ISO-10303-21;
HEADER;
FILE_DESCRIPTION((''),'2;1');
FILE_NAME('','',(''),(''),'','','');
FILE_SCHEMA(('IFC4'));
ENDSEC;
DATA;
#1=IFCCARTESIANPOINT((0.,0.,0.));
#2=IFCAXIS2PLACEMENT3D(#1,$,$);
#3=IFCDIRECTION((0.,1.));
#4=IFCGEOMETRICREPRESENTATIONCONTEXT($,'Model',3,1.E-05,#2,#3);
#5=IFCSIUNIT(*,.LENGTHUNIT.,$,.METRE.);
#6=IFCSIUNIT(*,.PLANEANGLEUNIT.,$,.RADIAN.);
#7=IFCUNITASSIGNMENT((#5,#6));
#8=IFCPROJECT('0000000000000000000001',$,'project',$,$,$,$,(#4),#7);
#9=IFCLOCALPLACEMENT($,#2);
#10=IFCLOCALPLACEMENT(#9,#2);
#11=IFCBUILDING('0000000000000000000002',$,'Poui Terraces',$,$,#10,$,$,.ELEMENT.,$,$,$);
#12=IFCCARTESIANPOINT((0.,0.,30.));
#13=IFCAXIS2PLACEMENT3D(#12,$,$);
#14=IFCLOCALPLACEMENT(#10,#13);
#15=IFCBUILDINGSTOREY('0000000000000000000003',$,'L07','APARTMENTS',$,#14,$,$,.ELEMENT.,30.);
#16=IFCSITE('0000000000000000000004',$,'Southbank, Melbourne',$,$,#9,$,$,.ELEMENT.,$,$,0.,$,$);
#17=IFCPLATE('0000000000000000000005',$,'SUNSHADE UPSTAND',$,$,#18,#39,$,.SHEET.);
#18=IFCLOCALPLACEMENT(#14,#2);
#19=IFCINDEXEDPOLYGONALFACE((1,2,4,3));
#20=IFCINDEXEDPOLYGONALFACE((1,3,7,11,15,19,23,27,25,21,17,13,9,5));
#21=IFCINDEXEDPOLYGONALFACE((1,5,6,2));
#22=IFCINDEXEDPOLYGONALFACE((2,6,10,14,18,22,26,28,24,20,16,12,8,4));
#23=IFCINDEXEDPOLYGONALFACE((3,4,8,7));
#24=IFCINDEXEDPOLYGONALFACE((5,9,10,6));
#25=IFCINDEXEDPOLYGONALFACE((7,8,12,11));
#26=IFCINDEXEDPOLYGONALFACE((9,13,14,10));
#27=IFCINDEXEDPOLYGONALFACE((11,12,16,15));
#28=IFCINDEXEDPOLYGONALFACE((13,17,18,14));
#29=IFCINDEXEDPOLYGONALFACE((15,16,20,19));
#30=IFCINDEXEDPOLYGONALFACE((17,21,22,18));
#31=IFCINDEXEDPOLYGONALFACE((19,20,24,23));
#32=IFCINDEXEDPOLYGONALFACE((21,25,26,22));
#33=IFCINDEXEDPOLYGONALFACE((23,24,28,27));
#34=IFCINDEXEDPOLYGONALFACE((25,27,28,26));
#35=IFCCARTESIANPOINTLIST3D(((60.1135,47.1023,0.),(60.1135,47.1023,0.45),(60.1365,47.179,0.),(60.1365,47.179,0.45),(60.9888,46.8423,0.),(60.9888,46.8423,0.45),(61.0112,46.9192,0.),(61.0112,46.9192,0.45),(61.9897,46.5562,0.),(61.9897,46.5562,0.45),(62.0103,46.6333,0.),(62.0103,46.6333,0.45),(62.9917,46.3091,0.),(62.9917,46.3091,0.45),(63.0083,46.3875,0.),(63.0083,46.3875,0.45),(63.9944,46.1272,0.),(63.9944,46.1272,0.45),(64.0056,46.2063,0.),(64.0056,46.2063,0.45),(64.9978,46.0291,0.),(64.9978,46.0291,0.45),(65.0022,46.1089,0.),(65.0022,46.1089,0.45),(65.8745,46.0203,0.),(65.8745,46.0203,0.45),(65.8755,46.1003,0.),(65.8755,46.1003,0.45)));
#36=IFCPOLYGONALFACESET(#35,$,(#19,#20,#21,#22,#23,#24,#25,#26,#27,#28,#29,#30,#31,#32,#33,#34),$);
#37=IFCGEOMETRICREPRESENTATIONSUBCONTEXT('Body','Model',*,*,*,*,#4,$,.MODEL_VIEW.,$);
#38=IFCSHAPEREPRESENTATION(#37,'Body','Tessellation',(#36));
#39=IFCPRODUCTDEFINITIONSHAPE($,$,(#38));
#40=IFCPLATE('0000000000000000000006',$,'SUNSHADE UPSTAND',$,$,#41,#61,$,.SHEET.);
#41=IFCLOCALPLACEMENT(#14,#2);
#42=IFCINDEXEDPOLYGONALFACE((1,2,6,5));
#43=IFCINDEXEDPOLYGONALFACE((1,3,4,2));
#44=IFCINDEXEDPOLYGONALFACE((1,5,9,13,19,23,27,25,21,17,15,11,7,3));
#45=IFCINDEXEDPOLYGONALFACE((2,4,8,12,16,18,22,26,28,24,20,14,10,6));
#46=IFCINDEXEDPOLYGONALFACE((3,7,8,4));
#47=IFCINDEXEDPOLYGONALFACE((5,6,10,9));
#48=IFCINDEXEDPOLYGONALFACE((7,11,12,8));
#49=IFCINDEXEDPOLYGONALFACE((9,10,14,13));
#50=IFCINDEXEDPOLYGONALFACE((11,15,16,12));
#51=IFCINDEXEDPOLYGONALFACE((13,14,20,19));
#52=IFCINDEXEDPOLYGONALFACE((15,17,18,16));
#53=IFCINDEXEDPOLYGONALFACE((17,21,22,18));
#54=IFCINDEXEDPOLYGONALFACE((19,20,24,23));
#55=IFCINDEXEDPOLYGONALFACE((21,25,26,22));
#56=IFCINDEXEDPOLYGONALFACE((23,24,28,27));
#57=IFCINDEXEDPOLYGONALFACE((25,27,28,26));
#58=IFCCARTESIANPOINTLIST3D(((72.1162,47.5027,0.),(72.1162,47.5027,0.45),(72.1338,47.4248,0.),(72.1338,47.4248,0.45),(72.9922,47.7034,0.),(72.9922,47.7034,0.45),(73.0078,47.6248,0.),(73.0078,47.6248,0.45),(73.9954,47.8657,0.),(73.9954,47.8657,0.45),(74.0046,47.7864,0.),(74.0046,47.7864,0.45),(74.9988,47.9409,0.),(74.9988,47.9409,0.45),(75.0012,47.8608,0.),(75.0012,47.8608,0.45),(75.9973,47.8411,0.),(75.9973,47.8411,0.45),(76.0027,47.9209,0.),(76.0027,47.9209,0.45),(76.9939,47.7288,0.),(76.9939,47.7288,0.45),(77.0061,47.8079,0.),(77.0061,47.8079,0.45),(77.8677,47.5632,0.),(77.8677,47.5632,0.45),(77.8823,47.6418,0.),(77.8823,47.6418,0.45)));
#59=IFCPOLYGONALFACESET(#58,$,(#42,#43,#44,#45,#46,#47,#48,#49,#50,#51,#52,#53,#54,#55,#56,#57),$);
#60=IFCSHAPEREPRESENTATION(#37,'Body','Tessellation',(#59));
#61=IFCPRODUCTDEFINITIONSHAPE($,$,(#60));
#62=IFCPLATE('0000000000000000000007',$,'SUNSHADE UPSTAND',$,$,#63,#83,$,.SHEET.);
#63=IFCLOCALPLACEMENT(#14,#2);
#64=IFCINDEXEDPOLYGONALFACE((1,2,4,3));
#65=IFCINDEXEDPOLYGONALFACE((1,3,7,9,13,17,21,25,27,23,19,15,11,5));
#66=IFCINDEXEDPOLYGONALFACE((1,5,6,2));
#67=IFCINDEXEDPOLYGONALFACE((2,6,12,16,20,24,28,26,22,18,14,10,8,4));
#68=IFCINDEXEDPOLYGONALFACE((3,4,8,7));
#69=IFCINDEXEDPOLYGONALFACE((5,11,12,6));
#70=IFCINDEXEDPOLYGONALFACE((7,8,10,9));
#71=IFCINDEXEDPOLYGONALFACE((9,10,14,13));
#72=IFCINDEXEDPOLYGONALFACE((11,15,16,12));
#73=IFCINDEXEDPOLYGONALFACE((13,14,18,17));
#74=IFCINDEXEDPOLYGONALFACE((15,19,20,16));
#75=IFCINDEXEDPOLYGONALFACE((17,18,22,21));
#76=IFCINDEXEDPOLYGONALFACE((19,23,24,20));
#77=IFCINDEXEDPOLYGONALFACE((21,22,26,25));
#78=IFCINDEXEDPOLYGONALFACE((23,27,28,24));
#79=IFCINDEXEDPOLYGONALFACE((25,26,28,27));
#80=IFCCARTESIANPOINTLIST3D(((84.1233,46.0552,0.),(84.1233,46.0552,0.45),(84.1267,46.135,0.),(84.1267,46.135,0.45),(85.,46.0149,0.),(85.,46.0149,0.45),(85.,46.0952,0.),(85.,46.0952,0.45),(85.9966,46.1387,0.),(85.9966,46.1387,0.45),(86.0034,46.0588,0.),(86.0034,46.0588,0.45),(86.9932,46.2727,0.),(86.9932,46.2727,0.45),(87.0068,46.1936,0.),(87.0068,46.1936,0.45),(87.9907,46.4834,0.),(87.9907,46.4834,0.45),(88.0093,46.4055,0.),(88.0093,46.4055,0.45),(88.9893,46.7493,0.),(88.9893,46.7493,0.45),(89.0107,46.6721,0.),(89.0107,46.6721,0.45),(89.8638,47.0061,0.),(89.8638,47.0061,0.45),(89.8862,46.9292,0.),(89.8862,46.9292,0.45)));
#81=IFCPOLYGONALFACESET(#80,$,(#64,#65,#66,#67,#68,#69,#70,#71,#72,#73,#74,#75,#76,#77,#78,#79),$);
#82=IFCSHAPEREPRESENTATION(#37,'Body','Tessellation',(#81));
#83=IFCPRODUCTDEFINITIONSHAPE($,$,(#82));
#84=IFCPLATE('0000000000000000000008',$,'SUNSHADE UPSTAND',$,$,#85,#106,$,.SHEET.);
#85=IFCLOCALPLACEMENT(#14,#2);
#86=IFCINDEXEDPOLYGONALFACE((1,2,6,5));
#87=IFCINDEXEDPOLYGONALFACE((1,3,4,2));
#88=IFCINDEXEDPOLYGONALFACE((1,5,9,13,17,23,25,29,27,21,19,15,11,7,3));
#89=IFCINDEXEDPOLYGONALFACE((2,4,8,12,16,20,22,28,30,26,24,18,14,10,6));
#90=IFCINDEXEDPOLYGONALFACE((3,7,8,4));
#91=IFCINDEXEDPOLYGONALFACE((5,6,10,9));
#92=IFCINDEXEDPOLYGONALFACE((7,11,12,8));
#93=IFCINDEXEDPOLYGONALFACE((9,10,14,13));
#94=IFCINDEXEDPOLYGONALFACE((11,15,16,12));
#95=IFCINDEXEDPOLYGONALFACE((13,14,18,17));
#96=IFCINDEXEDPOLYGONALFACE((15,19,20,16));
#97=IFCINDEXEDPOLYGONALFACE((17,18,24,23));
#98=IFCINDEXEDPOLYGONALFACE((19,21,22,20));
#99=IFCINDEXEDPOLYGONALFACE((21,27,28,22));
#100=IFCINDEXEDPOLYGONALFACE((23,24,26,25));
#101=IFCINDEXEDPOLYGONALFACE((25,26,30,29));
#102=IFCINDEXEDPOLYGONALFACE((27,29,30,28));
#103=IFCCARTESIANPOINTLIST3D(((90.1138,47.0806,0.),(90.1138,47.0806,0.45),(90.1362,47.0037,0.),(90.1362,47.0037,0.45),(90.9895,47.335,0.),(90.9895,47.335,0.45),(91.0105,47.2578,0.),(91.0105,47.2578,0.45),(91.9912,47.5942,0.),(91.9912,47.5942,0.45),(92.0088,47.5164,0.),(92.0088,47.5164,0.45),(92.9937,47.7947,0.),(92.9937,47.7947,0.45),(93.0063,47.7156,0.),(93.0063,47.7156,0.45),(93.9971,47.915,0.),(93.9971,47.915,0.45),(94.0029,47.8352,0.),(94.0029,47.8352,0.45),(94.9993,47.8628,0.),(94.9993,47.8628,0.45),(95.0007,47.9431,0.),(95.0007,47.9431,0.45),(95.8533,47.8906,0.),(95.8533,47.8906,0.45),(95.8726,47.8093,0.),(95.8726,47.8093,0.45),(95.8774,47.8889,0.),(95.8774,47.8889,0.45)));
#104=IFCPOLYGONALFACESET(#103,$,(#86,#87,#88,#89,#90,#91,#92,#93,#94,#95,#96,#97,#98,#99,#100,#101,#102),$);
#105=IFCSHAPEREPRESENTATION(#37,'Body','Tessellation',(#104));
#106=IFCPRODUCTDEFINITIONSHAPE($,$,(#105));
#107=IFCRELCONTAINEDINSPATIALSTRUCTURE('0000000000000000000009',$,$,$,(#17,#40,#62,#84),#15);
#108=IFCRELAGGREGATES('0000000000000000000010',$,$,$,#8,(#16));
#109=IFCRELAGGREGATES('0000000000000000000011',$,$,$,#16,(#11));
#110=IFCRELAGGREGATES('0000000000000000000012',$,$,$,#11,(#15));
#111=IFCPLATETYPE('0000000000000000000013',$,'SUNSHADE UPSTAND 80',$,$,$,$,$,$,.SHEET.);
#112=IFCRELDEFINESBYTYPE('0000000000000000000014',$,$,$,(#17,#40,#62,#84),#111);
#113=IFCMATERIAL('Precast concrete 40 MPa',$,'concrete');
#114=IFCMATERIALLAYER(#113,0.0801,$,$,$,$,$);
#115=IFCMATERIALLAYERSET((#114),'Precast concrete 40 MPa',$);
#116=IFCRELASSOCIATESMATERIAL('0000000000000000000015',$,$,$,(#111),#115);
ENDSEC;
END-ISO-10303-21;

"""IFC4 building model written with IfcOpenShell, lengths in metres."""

from ifc_helpers import new_model, si_unit, direction, frame, origin, place, context, subcontext, project, spatial, polyline, outline, extrude, material, layer, layer_set, type_object, element, save


model = new_model("IFC4")

# Units and contexts
model_context = context("Model", 3, precision=1e-05, world=origin(), true_north=direction((0.0, 1.0)))
body_context = subcontext(model_context, "Body", "Model", "MODEL_VIEW")
ifc_project = project(units=[si_unit("LENGTHUNIT", "METRE"), si_unit("PLANEANGLEUNIT", "RADIAN")], contexts=[model_context])

# Site, building, storey
site_placement = place(None, origin())
site = spatial("IfcSite", under=ifc_project, at=site_placement, Name="Southbank, Melbourne", CompositionType="ELEMENT", RefElevation=0.0)
building_placement = place(site_placement, origin())
building = spatial("IfcBuilding", under=site, at=building_placement, Name="Poui Terraces", CompositionType="ELEMENT")
storey_placement = place(building_placement, frame((0.0, 0.0, 30.0)))
storey = spatial("IfcBuildingStorey", under=building, at=storey_placement, Name="L07", Description="APARTMENTS", CompositionType="ELEMENT", Elevation=30.0)

# Shared definitions
ifc_material_1 = material(Name="Precast concrete 40 MPa", Category="concrete")

# Plates
ifc_layer_1 = layer(ifc_material_1, 0.0801)
ifc_layer_set_1 = layer_set([ifc_layer_1], Name="Precast concrete 40 MPa")
plate_type = type_object("IfcPlateType", Name="SUNSHADE UPSTAND 80", PredefinedType="SHEET", material=ifc_layer_set_1)
plate_1_placement = place(storey_placement, origin())
element("IfcPlate", 1, at=plate_1_placement, inside=storey, type_object=plate_type, Name="SUNSHADE UPSTAND", PredefinedType="SHEET", context=body_context, shape_type="SweptSolid", body=[
    extrude(outline(polyline([(61.0112, 46.9192), (60.1365, 47.179), (60.1135, 47.1023), (60.9888, 46.8423), (61.9897, 46.5562), (62.9917, 46.3091), (63.9944, 46.1272), (64.9978, 46.0291), (65.8745, 46.0203), (65.8755, 46.1003), (65.0022, 46.1089), (64.0056, 46.2063), (63.0083, 46.3875), (62.0103, 46.6333), (61.0112, 46.9192)])), origin(), (0.0, 0.0, 1.0), 0.45),
])
plate_2_placement = place(storey_placement, origin())
element("IfcPlate", 2, at=plate_2_placement, inside=storey, type_object=plate_type, Name="SUNSHADE UPSTAND", PredefinedType="SHEET", context=body_context, shape_type="SweptSolid", body=[
    extrude(outline(polyline([(72.9922, 47.7034), (72.1162, 47.5027), (72.1338, 47.4248), (73.0078, 47.6248), (74.0046, 47.7864), (75.0012, 47.8608), (75.9973, 47.8411), (76.9939, 47.7288), (77.8677, 47.5632), (77.8823, 47.6418), (77.0061, 47.8079), (76.0027, 47.9209), (74.9988, 47.9409), (73.9954, 47.8657), (72.9922, 47.7034)])), origin(), (0.0, 0.0, 1.0), 0.45),
])
plate_3_placement = place(storey_placement, origin())
element("IfcPlate", 3, at=plate_3_placement, inside=storey, type_object=plate_type, Name="SUNSHADE UPSTAND", PredefinedType="SHEET", context=body_context, shape_type="SweptSolid", body=[
    extrude(outline(polyline([(85.0, 46.0952), (84.1267, 46.135), (84.1233, 46.0552), (85.0, 46.0149), (86.0034, 46.0588), (87.0068, 46.1936), (88.0093, 46.4055), (89.0107, 46.6721), (89.8862, 46.9292), (89.8638, 47.0061), (88.9893, 46.7493), (87.9907, 46.4834), (86.9932, 46.2727), (85.9966, 46.1387), (85.0, 46.0952)])), origin(), (0.0, 0.0, 1.0), 0.45),
])
plate_4_placement = place(storey_placement, origin())
element("IfcPlate", 4, at=plate_4_placement, inside=storey, type_object=plate_type, Name="SUNSHADE UPSTAND", PredefinedType="SHEET", context=body_context, shape_type="SweptSolid", body=[
    extrude(outline(polyline([(90.9895, 47.335), (90.1138, 47.0806), (90.1362, 47.0037), (91.0105, 47.2578), (92.0088, 47.5164), (93.0063, 47.7156), (94.0029, 47.8352), (94.9993, 47.8628), (95.8726, 47.8093), (95.8774, 47.8889), (95.8533, 47.8906), (95.0007, 47.9431), (93.9971, 47.915), (92.9937, 47.7947), (91.9912, 47.5942), (90.9895, 47.335)])), origin(), (0.0, 0.0, 1.0), 0.45),
])

save(model, "model.ifc")
